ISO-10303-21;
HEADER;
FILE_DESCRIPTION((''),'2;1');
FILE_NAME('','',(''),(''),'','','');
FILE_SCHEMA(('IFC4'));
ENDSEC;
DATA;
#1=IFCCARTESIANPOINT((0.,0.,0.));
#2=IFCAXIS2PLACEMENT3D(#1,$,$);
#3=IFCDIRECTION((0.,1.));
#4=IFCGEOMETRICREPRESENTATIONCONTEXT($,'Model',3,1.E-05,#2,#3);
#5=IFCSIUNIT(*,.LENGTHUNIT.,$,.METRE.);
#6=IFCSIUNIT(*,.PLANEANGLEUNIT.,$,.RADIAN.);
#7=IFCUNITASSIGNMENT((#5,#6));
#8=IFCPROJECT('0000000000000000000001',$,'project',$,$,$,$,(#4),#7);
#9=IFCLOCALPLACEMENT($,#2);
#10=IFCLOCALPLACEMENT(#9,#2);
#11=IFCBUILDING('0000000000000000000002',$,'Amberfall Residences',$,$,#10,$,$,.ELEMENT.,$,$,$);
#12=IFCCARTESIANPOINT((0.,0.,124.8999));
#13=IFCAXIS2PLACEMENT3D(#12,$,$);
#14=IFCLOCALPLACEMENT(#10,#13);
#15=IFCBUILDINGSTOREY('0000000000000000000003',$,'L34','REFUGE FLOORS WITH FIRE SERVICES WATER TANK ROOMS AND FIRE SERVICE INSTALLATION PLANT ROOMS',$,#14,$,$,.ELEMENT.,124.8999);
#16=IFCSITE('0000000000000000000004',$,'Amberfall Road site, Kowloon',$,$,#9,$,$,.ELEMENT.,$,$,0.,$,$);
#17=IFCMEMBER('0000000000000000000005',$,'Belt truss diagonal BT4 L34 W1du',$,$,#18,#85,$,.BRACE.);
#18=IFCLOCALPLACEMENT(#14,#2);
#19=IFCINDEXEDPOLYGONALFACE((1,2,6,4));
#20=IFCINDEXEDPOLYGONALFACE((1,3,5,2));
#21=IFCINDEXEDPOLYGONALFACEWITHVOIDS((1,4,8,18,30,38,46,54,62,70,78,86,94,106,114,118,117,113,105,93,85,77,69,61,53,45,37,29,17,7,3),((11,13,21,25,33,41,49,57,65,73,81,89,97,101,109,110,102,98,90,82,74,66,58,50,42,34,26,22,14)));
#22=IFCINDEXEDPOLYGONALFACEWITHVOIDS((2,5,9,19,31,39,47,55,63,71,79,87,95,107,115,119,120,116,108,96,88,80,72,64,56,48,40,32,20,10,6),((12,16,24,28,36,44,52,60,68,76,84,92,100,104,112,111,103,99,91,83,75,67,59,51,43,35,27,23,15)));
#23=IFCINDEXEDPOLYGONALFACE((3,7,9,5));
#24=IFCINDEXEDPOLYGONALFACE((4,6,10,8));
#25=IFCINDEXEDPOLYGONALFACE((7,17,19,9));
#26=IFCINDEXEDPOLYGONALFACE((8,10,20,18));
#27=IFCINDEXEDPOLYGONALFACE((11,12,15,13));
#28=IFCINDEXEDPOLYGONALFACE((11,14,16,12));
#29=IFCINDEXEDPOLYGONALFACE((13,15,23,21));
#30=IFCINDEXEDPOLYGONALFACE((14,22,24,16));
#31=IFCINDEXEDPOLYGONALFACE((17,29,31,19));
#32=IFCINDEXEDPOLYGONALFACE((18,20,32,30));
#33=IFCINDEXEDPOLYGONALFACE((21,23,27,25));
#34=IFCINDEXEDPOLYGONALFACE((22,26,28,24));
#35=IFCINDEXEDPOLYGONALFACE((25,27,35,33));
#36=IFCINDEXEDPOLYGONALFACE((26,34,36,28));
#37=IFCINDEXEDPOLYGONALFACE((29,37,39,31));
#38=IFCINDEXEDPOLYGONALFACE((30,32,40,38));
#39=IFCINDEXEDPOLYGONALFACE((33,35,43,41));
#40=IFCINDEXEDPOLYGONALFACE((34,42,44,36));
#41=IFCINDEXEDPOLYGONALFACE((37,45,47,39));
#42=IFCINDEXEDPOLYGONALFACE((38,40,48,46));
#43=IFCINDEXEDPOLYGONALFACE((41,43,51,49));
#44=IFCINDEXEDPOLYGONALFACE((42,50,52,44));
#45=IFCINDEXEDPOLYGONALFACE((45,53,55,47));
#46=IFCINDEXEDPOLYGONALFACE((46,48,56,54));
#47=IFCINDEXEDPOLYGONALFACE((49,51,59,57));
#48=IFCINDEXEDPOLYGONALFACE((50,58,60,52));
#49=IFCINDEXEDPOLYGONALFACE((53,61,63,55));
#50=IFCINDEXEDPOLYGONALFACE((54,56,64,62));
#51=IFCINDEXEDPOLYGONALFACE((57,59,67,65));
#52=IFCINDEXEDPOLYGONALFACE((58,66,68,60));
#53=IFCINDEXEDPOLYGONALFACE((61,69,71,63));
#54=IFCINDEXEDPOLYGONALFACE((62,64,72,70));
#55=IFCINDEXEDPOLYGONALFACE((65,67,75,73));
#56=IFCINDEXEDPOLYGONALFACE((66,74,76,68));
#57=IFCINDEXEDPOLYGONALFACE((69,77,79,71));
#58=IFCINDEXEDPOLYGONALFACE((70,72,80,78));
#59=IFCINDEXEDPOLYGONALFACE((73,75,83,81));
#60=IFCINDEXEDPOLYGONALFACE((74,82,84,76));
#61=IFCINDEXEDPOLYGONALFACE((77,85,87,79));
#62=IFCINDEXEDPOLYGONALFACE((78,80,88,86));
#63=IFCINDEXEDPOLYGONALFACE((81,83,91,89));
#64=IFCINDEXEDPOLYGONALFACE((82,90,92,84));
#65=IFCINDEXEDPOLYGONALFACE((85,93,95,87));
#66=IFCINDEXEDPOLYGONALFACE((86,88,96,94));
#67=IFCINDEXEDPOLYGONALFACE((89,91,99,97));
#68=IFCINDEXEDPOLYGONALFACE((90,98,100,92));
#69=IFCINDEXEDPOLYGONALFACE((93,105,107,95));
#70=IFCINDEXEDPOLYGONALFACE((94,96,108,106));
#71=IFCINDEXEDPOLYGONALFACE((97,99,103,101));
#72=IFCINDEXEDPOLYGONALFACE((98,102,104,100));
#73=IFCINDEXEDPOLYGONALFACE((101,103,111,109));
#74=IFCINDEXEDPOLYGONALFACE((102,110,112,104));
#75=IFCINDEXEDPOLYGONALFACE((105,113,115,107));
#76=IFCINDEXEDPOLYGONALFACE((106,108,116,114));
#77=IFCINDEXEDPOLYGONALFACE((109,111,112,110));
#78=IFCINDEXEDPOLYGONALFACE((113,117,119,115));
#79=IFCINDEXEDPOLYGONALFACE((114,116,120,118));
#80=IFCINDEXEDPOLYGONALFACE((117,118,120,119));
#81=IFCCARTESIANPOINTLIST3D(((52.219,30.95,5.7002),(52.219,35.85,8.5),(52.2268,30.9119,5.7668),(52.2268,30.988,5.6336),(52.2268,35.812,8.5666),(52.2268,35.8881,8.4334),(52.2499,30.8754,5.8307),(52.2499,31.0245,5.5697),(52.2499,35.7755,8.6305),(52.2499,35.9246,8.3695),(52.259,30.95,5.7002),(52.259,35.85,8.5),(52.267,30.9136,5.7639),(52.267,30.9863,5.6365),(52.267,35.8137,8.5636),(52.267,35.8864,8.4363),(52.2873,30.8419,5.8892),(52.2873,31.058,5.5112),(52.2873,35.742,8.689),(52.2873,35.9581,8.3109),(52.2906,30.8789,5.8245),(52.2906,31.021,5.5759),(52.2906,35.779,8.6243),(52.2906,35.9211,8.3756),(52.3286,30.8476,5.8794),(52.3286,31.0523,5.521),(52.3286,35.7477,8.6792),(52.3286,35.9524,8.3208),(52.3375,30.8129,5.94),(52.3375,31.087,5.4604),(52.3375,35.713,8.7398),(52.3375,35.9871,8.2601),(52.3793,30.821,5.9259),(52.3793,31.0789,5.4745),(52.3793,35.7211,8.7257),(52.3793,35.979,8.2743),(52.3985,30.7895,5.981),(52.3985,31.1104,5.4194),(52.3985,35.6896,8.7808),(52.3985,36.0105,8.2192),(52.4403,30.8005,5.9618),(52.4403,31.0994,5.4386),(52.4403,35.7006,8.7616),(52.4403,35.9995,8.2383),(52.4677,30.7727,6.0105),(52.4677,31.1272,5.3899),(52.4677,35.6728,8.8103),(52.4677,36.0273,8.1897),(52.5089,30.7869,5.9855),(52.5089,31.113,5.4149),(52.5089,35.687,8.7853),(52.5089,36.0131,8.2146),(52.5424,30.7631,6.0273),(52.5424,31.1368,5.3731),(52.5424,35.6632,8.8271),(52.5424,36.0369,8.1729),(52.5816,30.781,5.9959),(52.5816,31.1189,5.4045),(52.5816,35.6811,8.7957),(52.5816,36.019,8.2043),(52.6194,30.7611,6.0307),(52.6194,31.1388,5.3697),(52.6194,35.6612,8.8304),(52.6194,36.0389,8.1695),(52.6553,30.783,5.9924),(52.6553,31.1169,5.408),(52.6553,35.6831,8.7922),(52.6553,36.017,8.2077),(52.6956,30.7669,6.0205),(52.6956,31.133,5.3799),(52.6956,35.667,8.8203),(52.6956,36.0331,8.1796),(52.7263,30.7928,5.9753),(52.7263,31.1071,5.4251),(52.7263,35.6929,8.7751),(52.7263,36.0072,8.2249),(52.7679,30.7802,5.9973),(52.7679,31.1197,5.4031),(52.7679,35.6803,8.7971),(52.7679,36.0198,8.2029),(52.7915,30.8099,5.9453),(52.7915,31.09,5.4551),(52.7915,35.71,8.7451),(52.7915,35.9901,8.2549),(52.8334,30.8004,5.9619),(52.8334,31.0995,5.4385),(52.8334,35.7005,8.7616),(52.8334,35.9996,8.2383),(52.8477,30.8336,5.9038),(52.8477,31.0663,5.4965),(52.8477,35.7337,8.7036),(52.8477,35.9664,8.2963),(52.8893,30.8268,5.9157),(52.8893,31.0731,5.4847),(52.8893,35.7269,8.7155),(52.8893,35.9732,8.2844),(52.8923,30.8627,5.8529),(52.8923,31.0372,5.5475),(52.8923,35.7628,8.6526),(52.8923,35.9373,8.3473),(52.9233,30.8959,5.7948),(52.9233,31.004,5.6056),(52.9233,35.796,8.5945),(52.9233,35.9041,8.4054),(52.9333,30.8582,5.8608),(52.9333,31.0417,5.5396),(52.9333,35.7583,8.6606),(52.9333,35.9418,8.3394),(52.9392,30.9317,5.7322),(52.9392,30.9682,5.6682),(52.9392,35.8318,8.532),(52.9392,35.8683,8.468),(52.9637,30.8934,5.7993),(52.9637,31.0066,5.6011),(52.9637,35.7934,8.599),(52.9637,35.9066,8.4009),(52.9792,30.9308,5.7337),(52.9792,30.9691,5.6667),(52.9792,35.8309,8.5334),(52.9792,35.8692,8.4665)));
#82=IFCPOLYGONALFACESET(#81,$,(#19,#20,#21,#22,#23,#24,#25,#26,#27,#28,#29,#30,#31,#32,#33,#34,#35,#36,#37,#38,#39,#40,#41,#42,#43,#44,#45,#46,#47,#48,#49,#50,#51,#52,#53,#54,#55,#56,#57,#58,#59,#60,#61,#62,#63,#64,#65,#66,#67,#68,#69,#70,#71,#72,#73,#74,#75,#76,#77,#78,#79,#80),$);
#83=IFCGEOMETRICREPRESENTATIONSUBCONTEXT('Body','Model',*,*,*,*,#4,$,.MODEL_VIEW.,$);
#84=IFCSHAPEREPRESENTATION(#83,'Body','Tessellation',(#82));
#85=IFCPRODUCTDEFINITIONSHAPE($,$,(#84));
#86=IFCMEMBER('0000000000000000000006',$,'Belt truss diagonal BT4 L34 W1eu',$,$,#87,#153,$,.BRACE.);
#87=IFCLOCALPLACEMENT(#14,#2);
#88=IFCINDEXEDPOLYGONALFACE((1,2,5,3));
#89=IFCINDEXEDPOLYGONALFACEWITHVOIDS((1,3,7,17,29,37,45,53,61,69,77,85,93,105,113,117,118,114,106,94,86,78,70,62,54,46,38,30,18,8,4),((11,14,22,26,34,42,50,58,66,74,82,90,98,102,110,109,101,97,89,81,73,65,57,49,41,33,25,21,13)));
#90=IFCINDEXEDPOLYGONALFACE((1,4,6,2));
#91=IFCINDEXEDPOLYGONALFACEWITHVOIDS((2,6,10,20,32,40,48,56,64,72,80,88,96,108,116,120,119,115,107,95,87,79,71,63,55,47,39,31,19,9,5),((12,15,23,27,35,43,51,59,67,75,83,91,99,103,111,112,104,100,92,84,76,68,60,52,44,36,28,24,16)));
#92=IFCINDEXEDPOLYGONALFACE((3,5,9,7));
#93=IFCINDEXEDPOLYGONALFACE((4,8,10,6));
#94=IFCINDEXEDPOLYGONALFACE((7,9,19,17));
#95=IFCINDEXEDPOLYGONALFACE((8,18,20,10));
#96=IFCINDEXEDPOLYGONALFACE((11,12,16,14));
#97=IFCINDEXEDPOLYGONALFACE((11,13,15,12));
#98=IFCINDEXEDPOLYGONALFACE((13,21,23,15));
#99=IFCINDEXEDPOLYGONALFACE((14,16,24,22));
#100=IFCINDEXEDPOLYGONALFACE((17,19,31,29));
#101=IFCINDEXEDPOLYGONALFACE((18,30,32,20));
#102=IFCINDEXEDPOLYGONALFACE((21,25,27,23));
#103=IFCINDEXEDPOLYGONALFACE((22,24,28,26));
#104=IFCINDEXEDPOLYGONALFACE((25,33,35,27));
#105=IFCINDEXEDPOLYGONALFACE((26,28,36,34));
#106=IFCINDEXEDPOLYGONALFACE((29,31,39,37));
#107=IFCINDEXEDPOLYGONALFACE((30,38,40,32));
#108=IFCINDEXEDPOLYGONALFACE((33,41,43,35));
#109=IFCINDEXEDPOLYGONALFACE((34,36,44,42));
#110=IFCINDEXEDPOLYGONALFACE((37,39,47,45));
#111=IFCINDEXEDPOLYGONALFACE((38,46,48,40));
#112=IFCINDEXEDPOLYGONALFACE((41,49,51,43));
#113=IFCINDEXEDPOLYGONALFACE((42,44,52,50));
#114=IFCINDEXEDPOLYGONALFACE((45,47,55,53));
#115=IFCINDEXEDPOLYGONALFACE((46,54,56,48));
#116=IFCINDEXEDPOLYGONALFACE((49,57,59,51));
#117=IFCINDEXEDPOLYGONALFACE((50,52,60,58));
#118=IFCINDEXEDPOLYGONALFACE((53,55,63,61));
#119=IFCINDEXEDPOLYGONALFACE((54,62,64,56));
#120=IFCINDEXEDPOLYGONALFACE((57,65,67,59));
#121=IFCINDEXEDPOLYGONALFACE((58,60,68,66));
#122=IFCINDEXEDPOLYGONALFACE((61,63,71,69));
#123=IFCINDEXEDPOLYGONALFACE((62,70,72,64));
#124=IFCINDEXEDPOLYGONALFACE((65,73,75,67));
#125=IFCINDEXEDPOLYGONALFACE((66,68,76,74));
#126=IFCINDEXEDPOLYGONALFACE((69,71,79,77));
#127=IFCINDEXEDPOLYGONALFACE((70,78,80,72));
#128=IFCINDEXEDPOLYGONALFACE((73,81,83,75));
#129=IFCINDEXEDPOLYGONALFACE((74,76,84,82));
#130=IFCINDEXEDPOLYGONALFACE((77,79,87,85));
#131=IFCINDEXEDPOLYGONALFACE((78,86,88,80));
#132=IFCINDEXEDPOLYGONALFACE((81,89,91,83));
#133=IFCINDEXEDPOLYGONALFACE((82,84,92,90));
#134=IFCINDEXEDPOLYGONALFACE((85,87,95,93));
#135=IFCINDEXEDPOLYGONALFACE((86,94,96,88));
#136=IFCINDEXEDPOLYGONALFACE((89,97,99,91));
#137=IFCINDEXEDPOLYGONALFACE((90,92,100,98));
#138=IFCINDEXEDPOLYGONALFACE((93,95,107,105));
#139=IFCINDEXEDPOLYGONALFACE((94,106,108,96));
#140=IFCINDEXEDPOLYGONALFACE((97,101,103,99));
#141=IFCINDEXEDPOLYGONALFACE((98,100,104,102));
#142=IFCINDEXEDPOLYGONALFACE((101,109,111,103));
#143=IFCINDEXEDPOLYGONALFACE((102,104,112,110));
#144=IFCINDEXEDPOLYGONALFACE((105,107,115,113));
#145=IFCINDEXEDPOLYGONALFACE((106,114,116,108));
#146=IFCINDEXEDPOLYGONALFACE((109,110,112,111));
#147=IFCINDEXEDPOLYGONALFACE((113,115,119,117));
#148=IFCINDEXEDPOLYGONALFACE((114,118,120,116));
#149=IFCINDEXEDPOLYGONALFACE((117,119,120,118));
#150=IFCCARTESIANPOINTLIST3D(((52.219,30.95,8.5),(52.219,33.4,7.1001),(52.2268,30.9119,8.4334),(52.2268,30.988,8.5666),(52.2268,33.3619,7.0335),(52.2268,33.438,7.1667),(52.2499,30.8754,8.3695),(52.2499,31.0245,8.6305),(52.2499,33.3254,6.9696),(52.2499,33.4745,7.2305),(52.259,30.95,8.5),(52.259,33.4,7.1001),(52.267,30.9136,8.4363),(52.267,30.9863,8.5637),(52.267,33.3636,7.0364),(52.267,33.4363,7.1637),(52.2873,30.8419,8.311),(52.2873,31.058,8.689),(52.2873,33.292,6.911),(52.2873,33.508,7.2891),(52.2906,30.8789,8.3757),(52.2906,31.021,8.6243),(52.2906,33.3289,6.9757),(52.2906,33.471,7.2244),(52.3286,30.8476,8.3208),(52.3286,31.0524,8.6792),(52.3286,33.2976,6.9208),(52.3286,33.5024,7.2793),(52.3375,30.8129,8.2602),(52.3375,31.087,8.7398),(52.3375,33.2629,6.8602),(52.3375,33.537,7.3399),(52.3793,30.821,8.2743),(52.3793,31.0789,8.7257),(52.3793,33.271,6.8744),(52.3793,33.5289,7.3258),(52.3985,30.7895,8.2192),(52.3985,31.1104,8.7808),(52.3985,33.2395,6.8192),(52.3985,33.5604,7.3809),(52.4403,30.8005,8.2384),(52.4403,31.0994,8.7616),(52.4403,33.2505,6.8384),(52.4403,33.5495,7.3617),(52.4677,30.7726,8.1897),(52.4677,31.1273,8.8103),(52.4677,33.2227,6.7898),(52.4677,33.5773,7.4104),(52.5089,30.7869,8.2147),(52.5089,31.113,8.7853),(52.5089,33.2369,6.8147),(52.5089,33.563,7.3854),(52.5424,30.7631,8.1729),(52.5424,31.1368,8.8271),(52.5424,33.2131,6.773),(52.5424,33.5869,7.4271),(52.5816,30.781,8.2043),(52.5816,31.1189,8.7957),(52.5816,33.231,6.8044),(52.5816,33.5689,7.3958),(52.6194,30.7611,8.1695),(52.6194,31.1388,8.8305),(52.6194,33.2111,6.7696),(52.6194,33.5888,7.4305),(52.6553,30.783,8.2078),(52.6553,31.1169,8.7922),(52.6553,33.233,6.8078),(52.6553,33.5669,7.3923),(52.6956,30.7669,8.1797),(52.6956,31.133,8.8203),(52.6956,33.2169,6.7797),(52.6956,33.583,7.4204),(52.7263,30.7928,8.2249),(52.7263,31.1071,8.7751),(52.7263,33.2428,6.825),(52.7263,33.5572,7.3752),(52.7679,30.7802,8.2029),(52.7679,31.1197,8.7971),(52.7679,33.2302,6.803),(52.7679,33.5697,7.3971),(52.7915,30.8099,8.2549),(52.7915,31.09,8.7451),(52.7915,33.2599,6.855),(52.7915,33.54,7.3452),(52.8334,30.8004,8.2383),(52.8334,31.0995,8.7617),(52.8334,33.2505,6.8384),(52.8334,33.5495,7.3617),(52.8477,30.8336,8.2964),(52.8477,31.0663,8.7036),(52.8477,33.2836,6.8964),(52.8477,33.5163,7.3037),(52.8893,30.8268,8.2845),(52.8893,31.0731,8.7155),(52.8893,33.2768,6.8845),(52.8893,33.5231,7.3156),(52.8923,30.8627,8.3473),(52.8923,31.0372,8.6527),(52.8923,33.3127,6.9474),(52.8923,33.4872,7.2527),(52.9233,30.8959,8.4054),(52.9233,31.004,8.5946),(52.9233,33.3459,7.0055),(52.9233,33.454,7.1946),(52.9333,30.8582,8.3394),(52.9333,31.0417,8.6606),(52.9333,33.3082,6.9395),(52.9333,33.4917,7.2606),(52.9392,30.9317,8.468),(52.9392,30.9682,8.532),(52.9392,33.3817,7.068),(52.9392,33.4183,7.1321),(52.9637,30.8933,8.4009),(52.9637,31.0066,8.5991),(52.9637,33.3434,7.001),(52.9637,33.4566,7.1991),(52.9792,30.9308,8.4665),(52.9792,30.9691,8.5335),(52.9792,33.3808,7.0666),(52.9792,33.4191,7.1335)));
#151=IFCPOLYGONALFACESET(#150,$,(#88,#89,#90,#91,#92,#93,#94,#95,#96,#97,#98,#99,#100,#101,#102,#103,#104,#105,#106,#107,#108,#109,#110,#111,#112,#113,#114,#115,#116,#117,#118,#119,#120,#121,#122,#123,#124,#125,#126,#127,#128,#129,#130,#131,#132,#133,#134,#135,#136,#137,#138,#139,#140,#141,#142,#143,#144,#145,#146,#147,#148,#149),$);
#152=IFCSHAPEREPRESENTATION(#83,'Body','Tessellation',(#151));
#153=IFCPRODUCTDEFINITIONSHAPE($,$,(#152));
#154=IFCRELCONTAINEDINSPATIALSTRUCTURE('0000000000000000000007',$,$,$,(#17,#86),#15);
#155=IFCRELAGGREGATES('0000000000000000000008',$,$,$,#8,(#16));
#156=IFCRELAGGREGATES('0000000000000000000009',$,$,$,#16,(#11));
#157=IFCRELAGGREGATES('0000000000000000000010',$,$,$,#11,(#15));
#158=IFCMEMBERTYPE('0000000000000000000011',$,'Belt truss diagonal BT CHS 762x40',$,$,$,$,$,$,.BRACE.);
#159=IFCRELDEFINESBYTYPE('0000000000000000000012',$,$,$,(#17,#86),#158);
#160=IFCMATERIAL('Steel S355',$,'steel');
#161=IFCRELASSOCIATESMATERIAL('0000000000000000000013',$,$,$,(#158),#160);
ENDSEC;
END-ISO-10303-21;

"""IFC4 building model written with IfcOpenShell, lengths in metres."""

from ifc_helpers import new_model, si_unit, direction, frame, origin, origin_2d, place, context, subcontext, project, spatial, hollow_circle, extrude, material, material_profile, profile_set, type_object, element, save


model = new_model("IFC4")

# Units and contexts
model_context = context("Model", 3, precision=1e-05, world=origin(), true_north=direction((0.0, 1.0)))
body_context = subcontext(model_context, "Body", "Model", "MODEL_VIEW")
ifc_project = project(units=[si_unit("LENGTHUNIT", "METRE"), si_unit("PLANEANGLEUNIT", "RADIAN")], contexts=[model_context])

# Site, building, storey
site_placement = place(None, origin())
site = spatial("IfcSite", under=ifc_project, at=site_placement, Name="Amberfall Road site, Kowloon", CompositionType="ELEMENT", RefElevation=0.0)
building_placement = place(site_placement, origin())
building = spatial("IfcBuilding", under=site, at=building_placement, Name="Amberfall Residences", CompositionType="ELEMENT")
storey_placement = place(building_placement, frame((0.0, 0.0, 124.8999)))
storey = spatial("IfcBuildingStorey", under=building, at=storey_placement, Name="L34", Description="REFUGE FLOORS WITH FIRE SERVICES WATER TANK ROOMS AND FIRE SERVICE INSTALLATION PLANT ROOMS", CompositionType="ELEMENT", Elevation=124.8999)

# Shared definitions
ifc_material_1 = material(Name="Steel S355", Category="steel")

# Members
ifc_material_profile_1 = material_profile(ifc_material_1, hollow_circle(Radius=0.3811, WallThickness=0.04, at=origin_2d()), Name="CHS 762x40")
ifc_profile_set_1 = profile_set([ifc_material_profile_1], Name="Steel S355")
member_type = type_object("IfcMemberType", Name="Belt truss diagonal BT CHS 762x40", PredefinedType="BRACE", material=ifc_profile_set_1)
member_1_placement = place(storey_placement, frame((52.6001, 30.95, 5.7002), z_axis=(0.0, 0.868264, 0.496102), x_axis=(-1.0, 0.0, 0.0)))
element("IfcMember", 1, at=member_1_placement, inside=storey, type_object=member_type, Name="Belt truss diagonal BT4 L34 W1du", PredefinedType="BRACE", context=body_context, shape_type="SweptSolid", body=[
    extrude(hollow_circle(Radius=0.3811, WallThickness=0.04, at=origin_2d()), origin(), (0.0, 0.0, 1.0), 5.6436),
])
member_2_placement = place(storey_placement, frame((52.6001, 30.95, 8.5), z_axis=(0.0, 0.868254, -0.49612), x_axis=(-1.0, 0.0, 0.0)))
element("IfcMember", 2, at=member_2_placement, inside=storey, type_object=member_type, Name="Belt truss diagonal BT4 L34 W1eu", PredefinedType="BRACE", context=body_context, shape_type="SweptSolid", body=[
    extrude(hollow_circle(Radius=0.3811, WallThickness=0.04, at=origin_2d()), origin(), (0.0, 0.0, 1.0), 2.8218),
])

save(model, "model.ifc")
